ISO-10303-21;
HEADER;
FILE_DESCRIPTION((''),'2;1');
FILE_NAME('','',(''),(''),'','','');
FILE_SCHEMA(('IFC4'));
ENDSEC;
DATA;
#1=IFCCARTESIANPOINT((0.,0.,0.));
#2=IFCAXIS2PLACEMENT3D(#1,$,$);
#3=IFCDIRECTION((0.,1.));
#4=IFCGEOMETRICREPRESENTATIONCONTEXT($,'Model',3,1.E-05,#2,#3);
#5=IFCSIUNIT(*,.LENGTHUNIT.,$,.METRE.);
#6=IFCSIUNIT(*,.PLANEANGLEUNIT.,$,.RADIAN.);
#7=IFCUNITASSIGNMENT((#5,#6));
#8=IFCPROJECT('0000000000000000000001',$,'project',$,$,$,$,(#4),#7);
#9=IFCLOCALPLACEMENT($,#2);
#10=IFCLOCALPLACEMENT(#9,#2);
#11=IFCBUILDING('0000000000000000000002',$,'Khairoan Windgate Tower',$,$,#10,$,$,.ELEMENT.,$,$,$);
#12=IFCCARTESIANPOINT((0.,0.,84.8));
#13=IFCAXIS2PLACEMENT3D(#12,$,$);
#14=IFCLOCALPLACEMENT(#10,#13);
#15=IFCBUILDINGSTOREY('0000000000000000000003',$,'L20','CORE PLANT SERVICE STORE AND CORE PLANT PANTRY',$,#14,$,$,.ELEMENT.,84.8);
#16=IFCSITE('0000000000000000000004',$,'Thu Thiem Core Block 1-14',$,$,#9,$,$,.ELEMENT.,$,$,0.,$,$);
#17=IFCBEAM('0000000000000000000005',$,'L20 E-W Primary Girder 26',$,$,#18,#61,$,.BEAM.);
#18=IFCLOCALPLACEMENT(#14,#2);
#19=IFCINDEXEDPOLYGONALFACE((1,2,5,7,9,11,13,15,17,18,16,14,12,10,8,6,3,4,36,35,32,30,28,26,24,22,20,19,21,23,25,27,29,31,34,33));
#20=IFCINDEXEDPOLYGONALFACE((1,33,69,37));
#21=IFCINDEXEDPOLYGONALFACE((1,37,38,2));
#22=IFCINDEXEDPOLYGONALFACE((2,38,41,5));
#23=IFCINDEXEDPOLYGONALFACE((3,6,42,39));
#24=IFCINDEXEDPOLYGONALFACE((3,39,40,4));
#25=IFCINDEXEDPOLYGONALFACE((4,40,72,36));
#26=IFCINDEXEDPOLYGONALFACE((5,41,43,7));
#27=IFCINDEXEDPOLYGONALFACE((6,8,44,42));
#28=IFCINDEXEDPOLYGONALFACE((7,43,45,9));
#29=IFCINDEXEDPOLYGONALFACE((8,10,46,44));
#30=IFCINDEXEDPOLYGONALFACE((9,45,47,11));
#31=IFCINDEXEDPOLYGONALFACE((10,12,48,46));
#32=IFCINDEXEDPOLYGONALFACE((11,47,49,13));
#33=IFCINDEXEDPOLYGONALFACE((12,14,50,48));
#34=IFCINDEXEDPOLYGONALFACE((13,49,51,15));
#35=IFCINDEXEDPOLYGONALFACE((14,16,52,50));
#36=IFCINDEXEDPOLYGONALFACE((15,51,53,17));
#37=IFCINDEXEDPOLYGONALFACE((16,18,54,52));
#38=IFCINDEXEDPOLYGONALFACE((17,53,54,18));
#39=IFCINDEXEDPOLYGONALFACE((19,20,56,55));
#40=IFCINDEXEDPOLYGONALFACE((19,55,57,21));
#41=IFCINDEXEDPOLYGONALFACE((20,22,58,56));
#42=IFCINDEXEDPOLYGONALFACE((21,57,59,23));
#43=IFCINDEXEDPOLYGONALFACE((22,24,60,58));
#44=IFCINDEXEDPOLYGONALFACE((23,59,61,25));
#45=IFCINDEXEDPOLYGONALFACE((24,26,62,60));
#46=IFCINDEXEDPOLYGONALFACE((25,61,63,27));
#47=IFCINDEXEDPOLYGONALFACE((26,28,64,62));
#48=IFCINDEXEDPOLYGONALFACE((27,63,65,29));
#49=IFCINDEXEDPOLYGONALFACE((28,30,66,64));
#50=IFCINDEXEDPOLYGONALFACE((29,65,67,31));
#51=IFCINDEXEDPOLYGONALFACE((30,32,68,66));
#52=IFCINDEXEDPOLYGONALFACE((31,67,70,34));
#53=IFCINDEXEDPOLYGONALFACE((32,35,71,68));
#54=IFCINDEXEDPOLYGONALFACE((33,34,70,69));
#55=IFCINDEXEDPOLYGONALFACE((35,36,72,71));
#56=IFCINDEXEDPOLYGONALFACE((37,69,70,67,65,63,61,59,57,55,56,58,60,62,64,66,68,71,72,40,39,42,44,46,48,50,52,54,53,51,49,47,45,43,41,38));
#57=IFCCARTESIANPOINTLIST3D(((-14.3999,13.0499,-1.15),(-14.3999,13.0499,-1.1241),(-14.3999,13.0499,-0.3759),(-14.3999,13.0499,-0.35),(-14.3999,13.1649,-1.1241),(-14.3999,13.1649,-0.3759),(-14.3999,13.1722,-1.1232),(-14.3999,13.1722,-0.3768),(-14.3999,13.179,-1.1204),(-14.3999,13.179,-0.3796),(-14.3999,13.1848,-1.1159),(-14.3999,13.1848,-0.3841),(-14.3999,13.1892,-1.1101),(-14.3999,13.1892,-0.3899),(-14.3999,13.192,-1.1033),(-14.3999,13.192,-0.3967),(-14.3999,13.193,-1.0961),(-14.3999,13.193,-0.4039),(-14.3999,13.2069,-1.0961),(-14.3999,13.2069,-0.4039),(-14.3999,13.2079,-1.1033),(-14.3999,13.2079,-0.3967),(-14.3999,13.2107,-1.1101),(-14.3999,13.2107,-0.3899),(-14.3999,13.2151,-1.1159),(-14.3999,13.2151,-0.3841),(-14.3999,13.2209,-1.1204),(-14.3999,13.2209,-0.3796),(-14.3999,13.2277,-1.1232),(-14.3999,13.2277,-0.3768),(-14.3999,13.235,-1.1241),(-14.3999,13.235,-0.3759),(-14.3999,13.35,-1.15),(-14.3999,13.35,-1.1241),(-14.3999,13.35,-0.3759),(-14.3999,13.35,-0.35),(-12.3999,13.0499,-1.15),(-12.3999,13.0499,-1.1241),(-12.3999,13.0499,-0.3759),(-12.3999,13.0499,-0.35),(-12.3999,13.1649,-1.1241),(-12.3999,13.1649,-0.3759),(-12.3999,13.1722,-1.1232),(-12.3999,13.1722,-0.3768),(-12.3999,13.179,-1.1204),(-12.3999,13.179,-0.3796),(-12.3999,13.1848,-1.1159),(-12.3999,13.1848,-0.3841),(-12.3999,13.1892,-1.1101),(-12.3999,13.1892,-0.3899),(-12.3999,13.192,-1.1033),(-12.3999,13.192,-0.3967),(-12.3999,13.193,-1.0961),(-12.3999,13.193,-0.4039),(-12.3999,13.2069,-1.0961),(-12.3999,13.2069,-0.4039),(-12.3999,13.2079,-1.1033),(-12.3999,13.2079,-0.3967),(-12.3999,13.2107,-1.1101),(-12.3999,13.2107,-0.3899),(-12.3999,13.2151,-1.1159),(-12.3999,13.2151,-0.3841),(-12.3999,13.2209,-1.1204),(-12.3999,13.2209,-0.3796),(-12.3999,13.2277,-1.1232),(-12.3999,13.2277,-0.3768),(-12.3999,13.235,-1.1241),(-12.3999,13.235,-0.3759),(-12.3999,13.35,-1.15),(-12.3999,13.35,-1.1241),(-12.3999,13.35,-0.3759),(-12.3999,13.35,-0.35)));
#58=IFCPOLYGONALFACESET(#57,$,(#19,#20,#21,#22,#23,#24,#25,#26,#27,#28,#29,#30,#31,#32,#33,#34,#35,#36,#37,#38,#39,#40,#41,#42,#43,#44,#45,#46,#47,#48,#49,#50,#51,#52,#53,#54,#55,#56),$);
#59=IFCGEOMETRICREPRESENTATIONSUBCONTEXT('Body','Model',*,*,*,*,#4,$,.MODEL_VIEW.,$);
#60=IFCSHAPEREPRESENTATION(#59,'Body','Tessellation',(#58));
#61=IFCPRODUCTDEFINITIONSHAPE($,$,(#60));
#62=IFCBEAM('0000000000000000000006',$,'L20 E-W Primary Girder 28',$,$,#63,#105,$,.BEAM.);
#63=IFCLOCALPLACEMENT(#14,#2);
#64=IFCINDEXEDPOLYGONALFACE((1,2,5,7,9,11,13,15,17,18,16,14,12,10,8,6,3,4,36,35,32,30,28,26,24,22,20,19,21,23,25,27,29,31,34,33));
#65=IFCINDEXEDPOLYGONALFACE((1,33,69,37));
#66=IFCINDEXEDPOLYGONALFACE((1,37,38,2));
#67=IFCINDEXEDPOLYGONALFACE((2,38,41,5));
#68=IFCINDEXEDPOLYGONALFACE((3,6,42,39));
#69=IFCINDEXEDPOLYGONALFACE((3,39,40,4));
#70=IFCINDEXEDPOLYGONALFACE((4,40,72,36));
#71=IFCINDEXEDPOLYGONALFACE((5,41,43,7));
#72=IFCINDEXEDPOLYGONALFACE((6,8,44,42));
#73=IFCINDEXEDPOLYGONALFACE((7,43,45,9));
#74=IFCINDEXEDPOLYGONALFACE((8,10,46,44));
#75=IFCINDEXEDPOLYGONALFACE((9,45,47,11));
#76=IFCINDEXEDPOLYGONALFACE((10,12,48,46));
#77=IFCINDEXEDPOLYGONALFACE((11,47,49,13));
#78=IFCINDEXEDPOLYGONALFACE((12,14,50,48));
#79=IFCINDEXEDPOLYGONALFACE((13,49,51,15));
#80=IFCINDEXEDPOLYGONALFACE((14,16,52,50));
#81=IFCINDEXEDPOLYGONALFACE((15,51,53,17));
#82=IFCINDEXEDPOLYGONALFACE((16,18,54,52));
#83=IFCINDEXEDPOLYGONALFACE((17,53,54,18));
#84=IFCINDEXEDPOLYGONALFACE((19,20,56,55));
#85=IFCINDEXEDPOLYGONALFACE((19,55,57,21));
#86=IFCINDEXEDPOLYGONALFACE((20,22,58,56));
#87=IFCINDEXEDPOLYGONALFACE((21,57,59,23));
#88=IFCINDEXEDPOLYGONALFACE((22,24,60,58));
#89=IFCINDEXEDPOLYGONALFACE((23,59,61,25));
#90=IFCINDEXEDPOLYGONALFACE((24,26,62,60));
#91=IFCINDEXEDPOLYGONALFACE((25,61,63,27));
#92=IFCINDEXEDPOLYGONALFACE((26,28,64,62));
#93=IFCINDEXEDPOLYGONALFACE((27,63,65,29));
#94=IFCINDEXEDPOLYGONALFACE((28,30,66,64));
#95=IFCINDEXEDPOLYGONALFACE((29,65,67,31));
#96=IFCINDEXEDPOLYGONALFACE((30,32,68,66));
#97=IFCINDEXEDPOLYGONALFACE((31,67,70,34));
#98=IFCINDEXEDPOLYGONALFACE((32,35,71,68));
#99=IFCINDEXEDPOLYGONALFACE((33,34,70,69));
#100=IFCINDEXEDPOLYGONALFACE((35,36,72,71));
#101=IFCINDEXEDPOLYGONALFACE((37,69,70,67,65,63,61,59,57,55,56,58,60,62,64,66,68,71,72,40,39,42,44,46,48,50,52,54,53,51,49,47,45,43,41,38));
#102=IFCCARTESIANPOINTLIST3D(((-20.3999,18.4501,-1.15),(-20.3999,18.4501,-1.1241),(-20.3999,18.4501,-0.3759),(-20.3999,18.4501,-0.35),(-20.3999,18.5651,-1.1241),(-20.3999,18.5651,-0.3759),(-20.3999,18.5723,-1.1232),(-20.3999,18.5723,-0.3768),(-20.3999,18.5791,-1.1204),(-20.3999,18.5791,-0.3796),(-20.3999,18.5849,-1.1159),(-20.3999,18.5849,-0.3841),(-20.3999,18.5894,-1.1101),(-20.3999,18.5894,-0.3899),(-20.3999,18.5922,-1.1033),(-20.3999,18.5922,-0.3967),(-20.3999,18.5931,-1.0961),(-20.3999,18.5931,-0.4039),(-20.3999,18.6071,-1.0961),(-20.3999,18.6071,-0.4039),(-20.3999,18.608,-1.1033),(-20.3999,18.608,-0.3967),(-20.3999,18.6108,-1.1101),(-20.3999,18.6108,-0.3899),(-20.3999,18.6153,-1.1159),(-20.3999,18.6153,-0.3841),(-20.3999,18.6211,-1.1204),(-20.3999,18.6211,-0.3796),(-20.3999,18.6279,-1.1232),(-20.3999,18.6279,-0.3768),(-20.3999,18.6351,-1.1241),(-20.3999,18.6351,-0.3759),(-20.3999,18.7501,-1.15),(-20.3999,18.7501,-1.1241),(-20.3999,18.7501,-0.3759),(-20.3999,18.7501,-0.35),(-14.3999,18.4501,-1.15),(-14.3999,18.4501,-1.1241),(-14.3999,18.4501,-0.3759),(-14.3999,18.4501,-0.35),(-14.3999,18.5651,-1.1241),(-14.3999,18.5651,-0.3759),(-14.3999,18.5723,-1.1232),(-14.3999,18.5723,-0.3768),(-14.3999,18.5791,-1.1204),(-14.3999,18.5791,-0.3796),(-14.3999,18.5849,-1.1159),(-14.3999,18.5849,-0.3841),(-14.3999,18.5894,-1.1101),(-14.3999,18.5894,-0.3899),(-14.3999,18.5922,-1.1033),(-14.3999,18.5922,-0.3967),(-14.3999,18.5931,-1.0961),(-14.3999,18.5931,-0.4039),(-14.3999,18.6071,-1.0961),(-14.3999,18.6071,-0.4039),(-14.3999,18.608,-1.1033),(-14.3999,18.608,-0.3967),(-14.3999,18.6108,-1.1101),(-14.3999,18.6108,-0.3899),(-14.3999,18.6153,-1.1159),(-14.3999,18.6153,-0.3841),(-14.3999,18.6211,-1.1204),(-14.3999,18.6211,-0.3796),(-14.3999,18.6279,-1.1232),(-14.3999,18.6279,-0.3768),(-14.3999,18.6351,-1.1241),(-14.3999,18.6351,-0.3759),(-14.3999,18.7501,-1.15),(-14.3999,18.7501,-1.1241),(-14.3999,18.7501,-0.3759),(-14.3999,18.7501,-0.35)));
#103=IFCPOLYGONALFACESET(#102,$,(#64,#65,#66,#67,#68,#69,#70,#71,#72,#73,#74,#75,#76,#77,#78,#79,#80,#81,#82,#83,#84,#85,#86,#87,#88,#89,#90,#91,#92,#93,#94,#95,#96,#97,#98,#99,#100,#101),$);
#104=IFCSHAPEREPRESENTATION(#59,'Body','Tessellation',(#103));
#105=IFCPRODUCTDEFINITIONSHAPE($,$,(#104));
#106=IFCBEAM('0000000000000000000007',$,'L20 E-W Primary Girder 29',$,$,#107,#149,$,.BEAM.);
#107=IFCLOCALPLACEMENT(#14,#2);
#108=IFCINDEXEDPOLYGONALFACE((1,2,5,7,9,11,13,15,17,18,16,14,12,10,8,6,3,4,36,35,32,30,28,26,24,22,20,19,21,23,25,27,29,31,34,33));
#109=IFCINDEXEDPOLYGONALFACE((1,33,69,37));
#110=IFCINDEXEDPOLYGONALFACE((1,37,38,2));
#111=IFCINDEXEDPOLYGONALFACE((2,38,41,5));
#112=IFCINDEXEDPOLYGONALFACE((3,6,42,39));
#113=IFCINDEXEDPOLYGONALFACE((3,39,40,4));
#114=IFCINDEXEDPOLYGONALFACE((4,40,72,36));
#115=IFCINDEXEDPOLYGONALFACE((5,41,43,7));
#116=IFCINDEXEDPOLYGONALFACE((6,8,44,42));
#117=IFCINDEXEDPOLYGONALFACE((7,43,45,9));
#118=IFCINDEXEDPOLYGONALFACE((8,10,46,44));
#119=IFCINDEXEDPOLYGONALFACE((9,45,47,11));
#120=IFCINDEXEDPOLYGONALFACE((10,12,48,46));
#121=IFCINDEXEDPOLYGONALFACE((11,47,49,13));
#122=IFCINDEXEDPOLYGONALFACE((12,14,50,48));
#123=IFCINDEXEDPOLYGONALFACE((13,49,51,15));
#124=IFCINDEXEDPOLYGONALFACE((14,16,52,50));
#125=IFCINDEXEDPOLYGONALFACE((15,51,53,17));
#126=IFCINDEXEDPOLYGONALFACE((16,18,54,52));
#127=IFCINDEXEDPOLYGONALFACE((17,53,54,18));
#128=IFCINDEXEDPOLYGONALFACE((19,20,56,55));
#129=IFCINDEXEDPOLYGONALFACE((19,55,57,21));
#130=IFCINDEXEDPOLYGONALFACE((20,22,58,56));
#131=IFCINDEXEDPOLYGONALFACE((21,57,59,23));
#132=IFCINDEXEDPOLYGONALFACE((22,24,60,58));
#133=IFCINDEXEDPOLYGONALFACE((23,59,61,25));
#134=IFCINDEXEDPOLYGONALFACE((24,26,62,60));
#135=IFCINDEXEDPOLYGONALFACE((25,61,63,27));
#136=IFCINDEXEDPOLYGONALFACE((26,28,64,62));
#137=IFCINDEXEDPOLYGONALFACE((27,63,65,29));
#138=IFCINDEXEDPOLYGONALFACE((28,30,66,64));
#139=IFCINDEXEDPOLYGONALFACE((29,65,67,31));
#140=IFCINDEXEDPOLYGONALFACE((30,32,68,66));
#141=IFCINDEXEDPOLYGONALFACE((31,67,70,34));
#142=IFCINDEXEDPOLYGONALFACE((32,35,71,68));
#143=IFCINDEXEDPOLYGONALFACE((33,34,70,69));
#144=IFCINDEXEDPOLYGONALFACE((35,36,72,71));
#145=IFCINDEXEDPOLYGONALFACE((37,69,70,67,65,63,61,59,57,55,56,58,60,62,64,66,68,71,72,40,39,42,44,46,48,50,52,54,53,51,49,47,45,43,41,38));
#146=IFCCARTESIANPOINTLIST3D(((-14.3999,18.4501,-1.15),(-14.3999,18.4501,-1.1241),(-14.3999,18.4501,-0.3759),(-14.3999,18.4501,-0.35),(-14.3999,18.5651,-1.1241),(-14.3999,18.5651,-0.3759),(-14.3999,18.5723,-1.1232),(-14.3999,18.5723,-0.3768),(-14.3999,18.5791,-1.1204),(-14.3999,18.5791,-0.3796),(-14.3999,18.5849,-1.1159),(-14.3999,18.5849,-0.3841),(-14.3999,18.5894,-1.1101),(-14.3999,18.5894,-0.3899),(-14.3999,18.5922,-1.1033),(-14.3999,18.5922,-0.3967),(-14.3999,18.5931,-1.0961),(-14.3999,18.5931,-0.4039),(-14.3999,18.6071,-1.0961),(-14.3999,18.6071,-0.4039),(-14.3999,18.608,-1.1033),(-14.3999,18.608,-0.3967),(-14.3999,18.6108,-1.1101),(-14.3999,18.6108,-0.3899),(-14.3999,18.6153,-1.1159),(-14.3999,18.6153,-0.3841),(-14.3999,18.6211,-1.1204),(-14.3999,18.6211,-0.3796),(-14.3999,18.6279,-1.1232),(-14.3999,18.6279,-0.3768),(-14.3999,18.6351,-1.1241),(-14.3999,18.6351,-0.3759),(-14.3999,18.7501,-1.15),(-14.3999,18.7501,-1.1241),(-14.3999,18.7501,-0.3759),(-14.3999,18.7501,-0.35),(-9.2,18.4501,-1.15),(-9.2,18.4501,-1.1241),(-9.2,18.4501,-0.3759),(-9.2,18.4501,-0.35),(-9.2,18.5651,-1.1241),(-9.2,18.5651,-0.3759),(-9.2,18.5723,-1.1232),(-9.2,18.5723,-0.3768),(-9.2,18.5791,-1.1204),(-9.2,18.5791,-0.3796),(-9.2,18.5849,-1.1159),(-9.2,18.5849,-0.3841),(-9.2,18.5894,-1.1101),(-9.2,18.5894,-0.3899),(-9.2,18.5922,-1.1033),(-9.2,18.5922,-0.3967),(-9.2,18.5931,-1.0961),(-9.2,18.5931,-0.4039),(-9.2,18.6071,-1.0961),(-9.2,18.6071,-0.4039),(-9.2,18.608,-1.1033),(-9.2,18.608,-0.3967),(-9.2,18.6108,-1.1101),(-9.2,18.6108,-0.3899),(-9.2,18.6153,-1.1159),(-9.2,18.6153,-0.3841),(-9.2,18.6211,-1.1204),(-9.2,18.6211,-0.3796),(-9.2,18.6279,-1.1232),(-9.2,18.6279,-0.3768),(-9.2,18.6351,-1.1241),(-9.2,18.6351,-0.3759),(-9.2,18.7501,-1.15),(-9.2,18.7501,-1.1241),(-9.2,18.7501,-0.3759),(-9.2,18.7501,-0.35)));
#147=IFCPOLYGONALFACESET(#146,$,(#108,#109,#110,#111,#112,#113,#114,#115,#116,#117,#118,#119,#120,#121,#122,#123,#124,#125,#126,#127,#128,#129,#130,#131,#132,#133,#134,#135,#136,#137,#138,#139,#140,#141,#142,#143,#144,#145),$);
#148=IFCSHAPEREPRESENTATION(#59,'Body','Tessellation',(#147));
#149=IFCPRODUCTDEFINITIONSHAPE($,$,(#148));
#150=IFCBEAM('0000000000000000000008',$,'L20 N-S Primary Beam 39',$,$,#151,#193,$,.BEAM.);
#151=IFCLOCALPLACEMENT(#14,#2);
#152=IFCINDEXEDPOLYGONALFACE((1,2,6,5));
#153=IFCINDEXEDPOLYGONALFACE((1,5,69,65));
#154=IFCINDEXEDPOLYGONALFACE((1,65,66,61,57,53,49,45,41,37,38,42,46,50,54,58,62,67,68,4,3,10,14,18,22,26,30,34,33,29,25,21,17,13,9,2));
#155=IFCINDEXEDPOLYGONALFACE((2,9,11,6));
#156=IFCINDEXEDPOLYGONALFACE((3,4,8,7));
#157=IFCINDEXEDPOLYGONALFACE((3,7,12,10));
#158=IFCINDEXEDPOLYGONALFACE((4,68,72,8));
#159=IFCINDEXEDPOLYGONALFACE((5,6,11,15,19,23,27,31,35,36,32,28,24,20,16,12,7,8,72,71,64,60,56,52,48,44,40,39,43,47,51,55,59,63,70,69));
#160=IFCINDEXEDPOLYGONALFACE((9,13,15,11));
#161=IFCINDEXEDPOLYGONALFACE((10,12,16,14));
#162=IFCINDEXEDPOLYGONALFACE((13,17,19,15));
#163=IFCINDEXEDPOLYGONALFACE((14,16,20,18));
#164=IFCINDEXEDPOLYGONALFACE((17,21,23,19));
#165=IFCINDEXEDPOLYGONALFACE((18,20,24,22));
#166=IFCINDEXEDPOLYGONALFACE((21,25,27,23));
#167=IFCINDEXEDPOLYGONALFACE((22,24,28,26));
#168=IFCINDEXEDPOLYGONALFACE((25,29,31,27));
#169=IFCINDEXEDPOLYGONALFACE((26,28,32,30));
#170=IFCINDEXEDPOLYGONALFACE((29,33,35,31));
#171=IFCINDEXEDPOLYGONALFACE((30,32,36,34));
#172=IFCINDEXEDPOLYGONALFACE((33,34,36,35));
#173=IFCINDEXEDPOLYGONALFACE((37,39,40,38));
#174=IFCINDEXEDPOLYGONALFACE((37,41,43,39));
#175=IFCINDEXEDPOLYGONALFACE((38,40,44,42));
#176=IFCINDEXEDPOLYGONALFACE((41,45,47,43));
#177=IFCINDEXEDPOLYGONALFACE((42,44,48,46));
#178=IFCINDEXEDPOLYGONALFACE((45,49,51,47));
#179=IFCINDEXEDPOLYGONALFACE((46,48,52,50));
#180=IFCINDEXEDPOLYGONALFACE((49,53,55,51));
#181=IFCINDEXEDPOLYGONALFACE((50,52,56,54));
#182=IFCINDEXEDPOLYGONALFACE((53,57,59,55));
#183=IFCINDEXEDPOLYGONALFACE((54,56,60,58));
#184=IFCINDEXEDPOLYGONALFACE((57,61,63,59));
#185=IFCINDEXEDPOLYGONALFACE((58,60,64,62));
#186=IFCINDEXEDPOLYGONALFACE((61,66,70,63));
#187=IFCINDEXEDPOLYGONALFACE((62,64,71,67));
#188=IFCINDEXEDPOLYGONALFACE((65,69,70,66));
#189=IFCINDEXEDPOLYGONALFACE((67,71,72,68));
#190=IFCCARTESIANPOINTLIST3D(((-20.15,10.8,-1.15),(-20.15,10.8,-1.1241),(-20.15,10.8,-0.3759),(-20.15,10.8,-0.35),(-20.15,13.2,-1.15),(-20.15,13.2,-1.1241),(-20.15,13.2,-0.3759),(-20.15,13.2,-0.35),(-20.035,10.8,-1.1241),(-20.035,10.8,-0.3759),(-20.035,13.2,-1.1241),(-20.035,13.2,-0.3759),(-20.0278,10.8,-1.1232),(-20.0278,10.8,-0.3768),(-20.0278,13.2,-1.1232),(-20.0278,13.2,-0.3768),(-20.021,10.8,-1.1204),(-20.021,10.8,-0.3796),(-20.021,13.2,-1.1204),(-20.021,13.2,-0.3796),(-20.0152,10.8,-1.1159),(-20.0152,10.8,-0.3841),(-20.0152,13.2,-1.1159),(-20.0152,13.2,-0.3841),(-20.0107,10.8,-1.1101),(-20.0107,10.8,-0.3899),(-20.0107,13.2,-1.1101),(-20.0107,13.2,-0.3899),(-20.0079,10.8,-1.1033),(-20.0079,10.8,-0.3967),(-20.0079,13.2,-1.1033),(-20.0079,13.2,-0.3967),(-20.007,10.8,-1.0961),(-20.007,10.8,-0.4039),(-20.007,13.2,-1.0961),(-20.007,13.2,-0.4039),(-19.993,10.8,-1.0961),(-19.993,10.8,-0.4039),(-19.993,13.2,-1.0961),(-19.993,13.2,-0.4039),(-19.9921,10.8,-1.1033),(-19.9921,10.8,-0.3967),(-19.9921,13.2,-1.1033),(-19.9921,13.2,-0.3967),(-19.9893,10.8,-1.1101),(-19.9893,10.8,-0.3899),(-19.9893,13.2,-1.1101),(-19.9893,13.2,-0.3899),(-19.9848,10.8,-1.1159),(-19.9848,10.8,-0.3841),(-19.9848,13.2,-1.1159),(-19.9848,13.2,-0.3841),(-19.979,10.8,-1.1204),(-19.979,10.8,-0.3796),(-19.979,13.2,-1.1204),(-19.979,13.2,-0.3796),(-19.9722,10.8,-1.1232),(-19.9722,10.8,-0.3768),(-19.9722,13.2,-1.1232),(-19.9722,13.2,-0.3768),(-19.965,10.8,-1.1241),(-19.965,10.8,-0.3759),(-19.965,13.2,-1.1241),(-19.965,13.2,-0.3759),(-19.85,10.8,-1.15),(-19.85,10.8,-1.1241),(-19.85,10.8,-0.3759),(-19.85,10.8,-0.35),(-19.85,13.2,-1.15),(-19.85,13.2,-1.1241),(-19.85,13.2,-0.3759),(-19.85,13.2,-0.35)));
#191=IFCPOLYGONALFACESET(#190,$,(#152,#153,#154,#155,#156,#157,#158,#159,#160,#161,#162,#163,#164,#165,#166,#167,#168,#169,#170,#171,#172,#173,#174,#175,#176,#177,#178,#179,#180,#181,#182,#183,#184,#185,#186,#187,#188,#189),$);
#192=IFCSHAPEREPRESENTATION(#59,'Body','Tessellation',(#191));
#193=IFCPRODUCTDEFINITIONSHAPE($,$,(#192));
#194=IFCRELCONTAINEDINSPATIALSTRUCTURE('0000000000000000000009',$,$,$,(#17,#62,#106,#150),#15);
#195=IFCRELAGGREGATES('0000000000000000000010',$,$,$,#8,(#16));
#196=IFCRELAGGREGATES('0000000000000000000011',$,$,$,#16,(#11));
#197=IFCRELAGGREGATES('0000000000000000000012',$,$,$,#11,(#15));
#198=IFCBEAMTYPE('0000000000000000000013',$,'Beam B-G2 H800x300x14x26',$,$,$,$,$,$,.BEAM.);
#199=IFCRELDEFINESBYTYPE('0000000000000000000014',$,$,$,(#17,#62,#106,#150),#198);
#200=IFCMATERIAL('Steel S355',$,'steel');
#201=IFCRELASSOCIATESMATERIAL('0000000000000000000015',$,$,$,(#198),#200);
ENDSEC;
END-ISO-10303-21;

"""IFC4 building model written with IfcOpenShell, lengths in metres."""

from ifc_helpers import new_model, si_unit, direction, frame, origin, origin_2d, place, context, subcontext, project, spatial, i_section, extrude, material, material_profile, profile_set, type_object, element, save


model = new_model("IFC4")

# Units and contexts
model_context = context("Model", 3, precision=1e-05, world=origin(), true_north=direction((0.0, 1.0)))
body_context = subcontext(model_context, "Body", "Model", "MODEL_VIEW")
ifc_project = project(units=[si_unit("LENGTHUNIT", "METRE"), si_unit("PLANEANGLEUNIT", "RADIAN")], contexts=[model_context])

# Site, building, storey
site_placement = place(None, origin())
site = spatial("IfcSite", under=ifc_project, at=site_placement, Name="Thu Thiem Core Block 1-14", CompositionType="ELEMENT", RefElevation=0.0)
building_placement = place(site_placement, origin())
building = spatial("IfcBuilding", under=site, at=building_placement, Name="Khairoan Windgate Tower", CompositionType="ELEMENT")
storey_placement = place(building_placement, frame((0.0, 0.0, 84.8)))
storey = spatial("IfcBuildingStorey", under=building, at=storey_placement, Name="L20", Description="CORE PLANT SERVICE STORE AND CORE PLANT PANTRY", CompositionType="ELEMENT", Elevation=84.8)

# Beams
ifc_material_1 = material(Name="Steel S355", Category="steel")
ifc_material_profile_1 = material_profile(ifc_material_1, i_section(OverallWidth=0.3, OverallDepth=0.8, WebThickness=0.0139, FlangeThickness=0.0259, FilletRadius=0.0281, at=origin_2d()))
ifc_profile_set_1 = profile_set([ifc_material_profile_1], Name="Steel S355")
beam_type_1 = type_object("IfcBeamType", Name="Beam B-G2 H800x300x14x26", PredefinedType="BEAM", material=ifc_profile_set_1)
beam_1_placement = place(storey_placement, frame((-14.3999, 13.2, -0.75), z_axis=(1.0, 0.0, 0.0), x_axis=(0.0, 1.0, 0.0)))
element("IfcBeam", 1, at=beam_1_placement, inside=storey, type_object=beam_type_1, Name="L20 E-W Primary Girder 26", PredefinedType="BEAM", context=body_context, shape_type="SweptSolid", body=[
    extrude(i_section(OverallWidth=0.3, OverallDepth=0.8, WebThickness=0.0139, FlangeThickness=0.0259, FilletRadius=0.0281, at=origin_2d()), origin(), (0.0, 0.0, 1.0), 2.0),
])
beam_2_placement = place(storey_placement, frame((-20.3999, 18.6001, -0.75), z_axis=(1.0, 0.0, 0.0), x_axis=(0.0, 1.0, 0.0)))
element("IfcBeam", 2, at=beam_2_placement, inside=storey, type_object=beam_type_1, Name="L20 E-W Primary Girder 28", PredefinedType="BEAM", context=body_context, shape_type="SweptSolid", body=[
    extrude(i_section(OverallWidth=0.3, OverallDepth=0.8, WebThickness=0.0139, FlangeThickness=0.0259, FilletRadius=0.0281, at=origin_2d()), origin(), (0.0, 0.0, 1.0), 6.0),
])
beam_3_placement = place(storey_placement, frame((-14.3999, 18.6001, -0.75), z_axis=(1.0, 0.0, 0.0), x_axis=(0.0, 1.0, 0.0)))
element("IfcBeam", 3, at=beam_3_placement, inside=storey, type_object=beam_type_1, Name="L20 E-W Primary Girder 29", PredefinedType="BEAM", context=body_context, shape_type="SweptSolid", body=[
    extrude(i_section(OverallWidth=0.3, OverallDepth=0.8, WebThickness=0.0139, FlangeThickness=0.0259, FilletRadius=0.0281, at=origin_2d()), origin(), (0.0, 0.0, 1.0), 5.2),
])
beam_4_placement = place(storey_placement, frame((-20.0, 10.8, -0.75), z_axis=(0.0, 1.0, 0.0), x_axis=(-1.0, 0.0, 0.0)))
element("IfcBeam", 4, at=beam_4_placement, inside=storey, type_object=beam_type_1, Name="L20 N-S Primary Beam 39", PredefinedType="BEAM", context=body_context, shape_type="SweptSolid", body=[
    extrude(i_section(OverallWidth=0.3, OverallDepth=0.8, WebThickness=0.0139, FlangeThickness=0.0259, FilletRadius=0.0281, at=origin_2d()), origin(), (0.0, 0.0, 1.0), 2.3999),
])

save(model, "model.ifc")
